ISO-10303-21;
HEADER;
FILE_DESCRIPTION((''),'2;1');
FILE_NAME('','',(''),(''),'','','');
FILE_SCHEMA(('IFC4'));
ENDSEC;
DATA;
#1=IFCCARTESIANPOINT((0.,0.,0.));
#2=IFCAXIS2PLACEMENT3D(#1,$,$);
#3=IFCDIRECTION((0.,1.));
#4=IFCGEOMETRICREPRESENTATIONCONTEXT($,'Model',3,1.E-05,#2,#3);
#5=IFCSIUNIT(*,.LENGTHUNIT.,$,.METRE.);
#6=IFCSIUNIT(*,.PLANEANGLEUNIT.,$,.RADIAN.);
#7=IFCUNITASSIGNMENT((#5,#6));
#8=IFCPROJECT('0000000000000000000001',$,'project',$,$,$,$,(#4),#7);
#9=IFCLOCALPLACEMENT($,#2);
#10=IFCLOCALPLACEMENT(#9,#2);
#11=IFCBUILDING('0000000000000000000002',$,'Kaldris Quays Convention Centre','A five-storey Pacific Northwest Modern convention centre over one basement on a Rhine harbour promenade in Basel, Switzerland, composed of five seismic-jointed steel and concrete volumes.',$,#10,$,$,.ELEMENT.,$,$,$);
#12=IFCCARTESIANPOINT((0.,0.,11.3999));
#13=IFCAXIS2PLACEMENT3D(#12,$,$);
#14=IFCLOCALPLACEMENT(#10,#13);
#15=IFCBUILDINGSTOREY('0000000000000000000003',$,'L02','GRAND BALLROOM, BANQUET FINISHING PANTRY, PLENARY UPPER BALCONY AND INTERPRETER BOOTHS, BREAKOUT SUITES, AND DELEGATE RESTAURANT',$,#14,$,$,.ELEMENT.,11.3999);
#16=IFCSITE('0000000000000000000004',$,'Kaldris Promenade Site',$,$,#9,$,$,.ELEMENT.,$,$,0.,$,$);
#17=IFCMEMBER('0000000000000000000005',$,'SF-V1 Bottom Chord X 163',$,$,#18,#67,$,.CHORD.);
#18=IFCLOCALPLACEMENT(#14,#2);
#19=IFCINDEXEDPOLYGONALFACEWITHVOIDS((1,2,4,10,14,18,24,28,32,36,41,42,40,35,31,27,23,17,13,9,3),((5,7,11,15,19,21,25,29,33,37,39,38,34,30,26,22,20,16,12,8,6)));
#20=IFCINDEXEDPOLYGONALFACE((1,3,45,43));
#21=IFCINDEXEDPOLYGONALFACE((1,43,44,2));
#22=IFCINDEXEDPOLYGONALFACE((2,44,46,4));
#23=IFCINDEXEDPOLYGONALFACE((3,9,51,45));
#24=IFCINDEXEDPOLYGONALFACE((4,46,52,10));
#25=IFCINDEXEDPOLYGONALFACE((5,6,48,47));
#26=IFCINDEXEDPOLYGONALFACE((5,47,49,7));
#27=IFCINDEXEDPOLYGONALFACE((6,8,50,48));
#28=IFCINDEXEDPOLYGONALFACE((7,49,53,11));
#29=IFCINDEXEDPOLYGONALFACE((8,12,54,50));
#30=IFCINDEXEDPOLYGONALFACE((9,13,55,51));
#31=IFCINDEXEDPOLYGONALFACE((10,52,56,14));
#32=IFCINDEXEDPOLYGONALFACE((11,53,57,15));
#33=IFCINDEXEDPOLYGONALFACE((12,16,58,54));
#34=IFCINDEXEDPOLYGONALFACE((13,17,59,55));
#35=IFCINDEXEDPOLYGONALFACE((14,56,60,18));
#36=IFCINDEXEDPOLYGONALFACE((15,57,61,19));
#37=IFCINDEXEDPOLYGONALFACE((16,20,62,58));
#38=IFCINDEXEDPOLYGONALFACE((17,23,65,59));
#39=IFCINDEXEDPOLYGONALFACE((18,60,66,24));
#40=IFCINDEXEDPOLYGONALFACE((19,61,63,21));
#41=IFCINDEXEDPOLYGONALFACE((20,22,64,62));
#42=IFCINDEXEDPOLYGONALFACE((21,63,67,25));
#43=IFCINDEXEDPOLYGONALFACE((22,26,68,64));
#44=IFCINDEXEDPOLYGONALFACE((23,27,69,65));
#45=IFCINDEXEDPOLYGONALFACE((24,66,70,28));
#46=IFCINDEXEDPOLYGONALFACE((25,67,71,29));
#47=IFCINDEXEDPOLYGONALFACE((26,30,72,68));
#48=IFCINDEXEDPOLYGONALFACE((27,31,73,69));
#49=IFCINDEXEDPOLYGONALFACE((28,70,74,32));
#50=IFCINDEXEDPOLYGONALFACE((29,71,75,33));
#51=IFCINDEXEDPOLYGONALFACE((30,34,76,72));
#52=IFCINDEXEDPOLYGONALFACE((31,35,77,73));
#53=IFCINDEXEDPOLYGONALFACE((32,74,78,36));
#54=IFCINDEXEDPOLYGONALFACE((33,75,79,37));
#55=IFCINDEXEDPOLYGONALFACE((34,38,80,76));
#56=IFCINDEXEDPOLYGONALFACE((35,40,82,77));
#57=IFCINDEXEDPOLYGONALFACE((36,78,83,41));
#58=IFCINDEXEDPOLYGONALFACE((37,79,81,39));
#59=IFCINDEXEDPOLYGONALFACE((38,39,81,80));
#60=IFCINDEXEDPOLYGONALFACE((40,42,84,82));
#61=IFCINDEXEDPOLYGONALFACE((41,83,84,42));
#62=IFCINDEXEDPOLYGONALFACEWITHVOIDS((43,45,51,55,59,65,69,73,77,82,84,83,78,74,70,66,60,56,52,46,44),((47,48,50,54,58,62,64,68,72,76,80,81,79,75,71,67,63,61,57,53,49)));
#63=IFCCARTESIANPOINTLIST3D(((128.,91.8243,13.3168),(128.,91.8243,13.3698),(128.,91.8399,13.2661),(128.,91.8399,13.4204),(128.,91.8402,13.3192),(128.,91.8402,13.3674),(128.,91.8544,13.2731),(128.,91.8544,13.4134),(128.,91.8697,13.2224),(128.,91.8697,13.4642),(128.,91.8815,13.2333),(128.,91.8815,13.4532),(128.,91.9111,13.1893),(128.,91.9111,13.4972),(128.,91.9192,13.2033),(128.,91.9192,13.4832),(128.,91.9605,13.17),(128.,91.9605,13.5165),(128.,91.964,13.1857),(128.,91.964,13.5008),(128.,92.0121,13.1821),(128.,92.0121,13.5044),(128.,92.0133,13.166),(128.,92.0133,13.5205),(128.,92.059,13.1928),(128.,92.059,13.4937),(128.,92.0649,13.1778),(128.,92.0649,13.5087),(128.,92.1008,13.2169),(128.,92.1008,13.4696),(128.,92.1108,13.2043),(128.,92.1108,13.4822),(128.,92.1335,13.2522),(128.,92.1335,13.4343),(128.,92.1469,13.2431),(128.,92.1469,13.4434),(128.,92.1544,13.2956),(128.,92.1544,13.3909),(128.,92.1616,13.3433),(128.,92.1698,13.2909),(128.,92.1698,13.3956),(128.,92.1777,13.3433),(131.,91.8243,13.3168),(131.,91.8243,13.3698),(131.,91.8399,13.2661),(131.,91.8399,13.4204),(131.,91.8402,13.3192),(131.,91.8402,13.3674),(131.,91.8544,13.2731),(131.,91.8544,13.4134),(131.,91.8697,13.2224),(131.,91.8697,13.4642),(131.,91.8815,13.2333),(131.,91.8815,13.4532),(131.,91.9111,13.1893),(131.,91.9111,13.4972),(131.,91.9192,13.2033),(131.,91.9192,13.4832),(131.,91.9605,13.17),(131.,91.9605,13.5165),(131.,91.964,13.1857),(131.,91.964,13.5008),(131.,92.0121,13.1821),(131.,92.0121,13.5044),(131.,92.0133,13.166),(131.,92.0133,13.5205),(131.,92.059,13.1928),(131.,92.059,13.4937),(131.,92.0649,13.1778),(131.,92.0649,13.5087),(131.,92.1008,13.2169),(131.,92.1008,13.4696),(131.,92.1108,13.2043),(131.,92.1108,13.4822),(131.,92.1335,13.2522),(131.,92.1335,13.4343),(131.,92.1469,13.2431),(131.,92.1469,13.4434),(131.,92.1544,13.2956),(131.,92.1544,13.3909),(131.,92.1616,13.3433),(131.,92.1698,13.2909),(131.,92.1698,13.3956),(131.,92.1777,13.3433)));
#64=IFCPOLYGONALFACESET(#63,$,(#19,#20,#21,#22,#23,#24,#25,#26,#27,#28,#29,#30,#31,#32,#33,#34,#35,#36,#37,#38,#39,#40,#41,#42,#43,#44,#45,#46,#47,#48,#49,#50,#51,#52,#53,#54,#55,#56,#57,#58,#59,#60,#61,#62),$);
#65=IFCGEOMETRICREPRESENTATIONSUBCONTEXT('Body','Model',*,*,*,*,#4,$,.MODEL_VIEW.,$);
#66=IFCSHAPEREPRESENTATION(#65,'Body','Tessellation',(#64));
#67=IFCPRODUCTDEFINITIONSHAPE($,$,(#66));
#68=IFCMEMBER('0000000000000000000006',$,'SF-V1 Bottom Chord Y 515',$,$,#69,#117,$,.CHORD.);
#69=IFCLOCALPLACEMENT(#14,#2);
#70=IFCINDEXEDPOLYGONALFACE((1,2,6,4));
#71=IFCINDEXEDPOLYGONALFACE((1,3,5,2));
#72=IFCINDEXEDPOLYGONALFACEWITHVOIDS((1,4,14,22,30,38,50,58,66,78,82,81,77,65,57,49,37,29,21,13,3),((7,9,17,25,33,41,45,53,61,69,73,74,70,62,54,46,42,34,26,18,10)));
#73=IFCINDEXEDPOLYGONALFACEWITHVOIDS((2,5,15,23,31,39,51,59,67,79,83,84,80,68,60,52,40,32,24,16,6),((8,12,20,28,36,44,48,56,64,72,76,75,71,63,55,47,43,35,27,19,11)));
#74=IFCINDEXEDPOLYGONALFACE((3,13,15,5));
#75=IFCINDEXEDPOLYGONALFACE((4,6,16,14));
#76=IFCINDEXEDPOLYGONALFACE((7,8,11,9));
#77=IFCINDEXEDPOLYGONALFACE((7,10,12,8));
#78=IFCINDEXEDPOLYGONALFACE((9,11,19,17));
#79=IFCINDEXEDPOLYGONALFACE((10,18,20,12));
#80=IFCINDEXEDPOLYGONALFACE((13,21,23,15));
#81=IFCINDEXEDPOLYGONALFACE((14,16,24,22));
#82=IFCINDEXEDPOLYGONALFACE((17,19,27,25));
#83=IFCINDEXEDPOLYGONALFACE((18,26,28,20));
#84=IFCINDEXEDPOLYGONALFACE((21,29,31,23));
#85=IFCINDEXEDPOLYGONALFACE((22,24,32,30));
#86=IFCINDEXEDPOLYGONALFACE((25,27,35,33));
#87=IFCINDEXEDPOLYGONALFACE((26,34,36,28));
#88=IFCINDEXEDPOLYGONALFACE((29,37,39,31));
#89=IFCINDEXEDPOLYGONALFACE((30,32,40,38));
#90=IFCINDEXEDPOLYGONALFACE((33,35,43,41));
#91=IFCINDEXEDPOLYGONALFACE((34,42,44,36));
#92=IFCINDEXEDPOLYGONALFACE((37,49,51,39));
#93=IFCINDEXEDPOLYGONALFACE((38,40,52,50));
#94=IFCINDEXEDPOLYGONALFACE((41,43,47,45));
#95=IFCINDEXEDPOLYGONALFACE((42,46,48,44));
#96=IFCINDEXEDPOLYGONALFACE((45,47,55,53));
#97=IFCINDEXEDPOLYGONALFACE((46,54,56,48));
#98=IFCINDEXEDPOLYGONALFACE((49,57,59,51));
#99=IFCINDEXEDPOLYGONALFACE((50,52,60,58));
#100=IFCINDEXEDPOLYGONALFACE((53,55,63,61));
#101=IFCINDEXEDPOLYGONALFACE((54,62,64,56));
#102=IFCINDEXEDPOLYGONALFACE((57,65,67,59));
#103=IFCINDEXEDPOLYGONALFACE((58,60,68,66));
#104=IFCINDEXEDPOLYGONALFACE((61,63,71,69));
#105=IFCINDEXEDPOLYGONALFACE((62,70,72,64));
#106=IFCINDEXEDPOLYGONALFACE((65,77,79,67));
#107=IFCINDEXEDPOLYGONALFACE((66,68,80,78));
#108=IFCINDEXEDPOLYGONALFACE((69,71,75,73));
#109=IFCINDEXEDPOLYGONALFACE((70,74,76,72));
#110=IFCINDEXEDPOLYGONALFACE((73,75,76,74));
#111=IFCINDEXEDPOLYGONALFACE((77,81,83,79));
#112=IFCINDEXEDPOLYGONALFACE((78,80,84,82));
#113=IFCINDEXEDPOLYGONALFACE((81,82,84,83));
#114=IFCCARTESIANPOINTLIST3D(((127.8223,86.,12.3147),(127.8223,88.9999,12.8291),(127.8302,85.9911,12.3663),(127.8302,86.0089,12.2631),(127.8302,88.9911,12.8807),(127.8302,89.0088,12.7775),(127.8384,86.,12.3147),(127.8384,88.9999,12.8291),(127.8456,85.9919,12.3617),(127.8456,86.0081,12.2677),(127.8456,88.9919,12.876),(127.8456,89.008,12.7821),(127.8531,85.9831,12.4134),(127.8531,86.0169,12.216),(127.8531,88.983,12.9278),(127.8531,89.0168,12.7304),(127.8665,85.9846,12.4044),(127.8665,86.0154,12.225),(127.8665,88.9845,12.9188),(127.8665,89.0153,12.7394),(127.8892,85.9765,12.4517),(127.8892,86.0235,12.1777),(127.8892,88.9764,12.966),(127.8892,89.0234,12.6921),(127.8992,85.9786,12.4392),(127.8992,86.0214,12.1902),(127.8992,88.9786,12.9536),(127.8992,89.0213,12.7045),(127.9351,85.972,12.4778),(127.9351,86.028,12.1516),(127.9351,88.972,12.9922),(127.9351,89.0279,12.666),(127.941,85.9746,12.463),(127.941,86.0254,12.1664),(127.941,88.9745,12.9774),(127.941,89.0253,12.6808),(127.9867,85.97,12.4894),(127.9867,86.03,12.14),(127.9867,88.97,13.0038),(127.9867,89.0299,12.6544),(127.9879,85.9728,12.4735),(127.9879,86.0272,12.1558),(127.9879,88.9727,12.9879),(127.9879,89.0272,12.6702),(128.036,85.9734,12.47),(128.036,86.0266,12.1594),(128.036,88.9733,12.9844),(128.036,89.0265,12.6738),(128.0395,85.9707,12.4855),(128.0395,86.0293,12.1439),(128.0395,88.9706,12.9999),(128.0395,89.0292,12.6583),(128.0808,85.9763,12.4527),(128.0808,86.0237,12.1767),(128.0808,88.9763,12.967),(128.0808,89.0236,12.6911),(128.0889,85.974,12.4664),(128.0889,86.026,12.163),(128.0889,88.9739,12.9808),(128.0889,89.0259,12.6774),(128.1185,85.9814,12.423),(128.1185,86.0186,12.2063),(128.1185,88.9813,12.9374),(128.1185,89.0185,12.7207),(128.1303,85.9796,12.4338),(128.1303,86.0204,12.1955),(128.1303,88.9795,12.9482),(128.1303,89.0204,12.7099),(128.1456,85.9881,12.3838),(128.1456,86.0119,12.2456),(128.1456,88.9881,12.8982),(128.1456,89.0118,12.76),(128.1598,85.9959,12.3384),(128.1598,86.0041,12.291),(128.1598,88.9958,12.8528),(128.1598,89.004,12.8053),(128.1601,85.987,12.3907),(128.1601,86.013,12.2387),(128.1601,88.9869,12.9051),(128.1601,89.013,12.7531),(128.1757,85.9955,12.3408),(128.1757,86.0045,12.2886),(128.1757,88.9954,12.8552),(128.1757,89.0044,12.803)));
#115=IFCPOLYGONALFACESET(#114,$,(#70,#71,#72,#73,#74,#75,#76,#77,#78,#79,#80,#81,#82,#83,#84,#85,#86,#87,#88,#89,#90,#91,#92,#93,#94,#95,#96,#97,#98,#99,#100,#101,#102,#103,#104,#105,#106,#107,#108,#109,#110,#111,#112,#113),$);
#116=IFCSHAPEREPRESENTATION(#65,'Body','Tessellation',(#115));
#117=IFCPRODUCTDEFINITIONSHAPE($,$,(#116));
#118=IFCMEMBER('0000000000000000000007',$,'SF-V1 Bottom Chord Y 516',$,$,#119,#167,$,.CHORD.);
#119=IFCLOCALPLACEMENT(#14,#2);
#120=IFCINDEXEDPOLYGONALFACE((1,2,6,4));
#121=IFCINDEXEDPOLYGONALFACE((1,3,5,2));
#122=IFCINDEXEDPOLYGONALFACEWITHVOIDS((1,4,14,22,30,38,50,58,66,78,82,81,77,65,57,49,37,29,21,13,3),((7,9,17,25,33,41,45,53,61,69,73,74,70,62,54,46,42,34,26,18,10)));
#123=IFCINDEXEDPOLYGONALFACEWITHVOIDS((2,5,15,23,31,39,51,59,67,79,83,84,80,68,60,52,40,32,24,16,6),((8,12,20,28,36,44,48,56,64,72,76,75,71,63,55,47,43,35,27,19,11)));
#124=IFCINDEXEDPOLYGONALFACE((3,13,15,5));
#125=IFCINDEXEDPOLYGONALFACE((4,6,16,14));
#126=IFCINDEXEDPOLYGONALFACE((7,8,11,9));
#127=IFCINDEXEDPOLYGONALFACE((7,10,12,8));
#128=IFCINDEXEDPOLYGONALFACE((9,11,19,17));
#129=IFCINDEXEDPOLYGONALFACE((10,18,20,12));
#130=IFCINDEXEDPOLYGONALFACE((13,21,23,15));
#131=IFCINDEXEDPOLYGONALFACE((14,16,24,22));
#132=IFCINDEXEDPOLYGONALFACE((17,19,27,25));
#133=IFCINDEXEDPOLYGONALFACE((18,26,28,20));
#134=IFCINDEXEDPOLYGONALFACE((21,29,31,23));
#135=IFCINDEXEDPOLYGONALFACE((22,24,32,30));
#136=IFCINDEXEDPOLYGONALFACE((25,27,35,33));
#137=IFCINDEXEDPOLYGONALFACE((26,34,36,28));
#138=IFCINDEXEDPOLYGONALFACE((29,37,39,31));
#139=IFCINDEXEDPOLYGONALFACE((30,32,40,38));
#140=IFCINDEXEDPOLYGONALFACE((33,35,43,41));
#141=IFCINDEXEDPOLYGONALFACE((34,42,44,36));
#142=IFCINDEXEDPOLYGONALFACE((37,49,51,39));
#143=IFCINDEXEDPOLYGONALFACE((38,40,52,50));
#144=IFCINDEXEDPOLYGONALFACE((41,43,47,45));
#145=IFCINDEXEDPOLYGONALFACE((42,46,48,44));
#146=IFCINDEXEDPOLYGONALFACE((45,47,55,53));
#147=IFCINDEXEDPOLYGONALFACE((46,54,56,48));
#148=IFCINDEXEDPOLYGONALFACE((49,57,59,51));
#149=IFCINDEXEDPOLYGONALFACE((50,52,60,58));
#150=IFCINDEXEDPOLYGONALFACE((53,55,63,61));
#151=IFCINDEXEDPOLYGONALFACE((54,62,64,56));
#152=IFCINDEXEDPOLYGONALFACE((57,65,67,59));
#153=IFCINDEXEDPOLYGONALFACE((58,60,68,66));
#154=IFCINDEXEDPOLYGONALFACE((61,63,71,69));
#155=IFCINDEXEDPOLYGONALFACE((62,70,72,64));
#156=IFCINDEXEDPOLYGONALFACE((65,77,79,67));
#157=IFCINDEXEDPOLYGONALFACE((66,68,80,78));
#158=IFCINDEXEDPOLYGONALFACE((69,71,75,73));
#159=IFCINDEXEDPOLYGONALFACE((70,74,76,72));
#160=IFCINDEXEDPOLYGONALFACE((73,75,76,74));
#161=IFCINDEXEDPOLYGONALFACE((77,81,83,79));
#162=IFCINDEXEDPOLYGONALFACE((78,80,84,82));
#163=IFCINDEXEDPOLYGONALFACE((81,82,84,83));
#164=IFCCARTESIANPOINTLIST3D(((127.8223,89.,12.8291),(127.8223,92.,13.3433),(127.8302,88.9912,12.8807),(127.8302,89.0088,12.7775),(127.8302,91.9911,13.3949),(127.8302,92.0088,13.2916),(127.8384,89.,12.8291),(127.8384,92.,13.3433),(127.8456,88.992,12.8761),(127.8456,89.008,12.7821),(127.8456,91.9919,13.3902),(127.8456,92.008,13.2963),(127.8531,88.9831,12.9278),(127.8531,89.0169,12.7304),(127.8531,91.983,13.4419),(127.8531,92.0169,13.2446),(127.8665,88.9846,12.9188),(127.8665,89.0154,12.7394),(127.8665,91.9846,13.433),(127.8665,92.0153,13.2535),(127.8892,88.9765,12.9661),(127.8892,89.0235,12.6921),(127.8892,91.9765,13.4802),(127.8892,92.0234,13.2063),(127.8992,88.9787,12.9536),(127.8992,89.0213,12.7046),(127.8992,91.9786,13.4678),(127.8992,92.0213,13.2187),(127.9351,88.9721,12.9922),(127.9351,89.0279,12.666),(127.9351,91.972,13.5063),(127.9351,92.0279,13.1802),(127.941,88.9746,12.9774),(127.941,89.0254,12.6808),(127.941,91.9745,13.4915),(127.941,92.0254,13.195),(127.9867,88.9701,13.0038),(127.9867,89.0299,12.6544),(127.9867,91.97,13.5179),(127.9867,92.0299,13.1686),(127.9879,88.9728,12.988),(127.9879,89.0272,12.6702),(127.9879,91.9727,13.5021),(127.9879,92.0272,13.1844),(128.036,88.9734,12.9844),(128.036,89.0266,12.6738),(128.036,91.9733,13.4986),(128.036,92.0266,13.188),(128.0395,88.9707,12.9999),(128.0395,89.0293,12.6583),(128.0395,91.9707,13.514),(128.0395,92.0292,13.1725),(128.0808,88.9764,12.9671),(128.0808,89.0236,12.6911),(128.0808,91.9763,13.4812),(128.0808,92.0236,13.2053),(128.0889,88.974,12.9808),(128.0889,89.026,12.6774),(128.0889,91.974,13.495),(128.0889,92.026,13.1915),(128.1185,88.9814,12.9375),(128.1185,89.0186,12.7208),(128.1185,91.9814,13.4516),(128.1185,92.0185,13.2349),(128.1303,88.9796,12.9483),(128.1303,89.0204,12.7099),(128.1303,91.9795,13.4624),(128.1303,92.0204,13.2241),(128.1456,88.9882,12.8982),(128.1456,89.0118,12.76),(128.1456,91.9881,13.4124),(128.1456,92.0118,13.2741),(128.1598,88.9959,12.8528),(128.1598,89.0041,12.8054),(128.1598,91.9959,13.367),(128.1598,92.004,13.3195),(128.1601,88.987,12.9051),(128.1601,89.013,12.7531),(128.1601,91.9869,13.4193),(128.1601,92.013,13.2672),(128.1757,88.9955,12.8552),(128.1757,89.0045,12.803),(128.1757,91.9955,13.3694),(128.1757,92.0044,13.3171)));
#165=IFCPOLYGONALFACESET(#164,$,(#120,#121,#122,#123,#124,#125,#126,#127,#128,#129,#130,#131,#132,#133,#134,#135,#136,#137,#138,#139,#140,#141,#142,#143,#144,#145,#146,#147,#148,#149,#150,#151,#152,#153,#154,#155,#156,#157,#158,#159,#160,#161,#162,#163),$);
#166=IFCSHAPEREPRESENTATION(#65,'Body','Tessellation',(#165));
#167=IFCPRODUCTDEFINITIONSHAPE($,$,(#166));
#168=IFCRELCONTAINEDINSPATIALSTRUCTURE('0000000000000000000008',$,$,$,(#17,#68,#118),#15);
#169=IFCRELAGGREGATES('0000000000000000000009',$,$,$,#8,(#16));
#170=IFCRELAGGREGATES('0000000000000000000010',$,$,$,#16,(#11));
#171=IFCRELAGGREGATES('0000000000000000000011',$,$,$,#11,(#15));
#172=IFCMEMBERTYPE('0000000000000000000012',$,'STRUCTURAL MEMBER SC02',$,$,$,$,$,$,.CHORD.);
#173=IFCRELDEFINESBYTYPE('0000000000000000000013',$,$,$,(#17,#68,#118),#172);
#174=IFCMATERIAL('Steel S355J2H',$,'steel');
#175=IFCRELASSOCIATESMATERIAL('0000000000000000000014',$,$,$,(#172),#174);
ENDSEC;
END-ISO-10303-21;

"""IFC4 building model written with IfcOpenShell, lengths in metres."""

from ifc_helpers import new_model, si_unit, direction, frame, origin, origin_2d, place, context, subcontext, project, spatial, hollow_circle, extrude, material, material_profile, profile_set, type_object, element, save


model = new_model("IFC4")

# Units and contexts
model_context = context("Model", 3, precision=1e-05, world=origin(), true_north=direction((0.0, 1.0)))
body_context = subcontext(model_context, "Body", "Model", "MODEL_VIEW")
ifc_project = project(units=[si_unit("LENGTHUNIT", "METRE"), si_unit("PLANEANGLEUNIT", "RADIAN")], contexts=[model_context])

# Site, building, storey
site_placement = place(None, origin())
site = spatial("IfcSite", under=ifc_project, at=site_placement, Name="Kaldris Promenade Site", CompositionType="ELEMENT", RefElevation=0.0)
building_placement = place(site_placement, origin())
building = spatial("IfcBuilding", under=site, at=building_placement, Name="Kaldris Quays Convention Centre", Description="A five-storey Pacific Northwest Modern convention centre over one basement on a Rhine harbour promenade in Basel, Switzerland, composed of five seismic-jointed steel and concrete volumes.", CompositionType="ELEMENT")
storey_placement = place(building_placement, frame((0.0, 0.0, 11.3999)))
storey = spatial("IfcBuildingStorey", under=building, at=storey_placement, Name="L02", Description="GRAND BALLROOM, BANQUET FINISHING PANTRY, PLENARY UPPER BALCONY AND INTERPRETER BOOTHS, BREAKOUT SUITES, AND DELEGATE RESTAURANT", CompositionType="ELEMENT", Elevation=11.3999)

# Members
ifc_material_1 = material(Name="Steel S355J2H", Category="steel")
ifc_material_profile_1 = material_profile(ifc_material_1, hollow_circle(Radius=0.1777, WallThickness=0.0161, at=origin_2d()), Name="CHS 355.6x16")
ifc_profile_set_1 = profile_set([ifc_material_profile_1], Name="Steel S355J2H")
member_type_1 = type_object("IfcMemberType", Name="STRUCTURAL MEMBER SC02", PredefinedType="CHORD", material=ifc_profile_set_1)
for number, where, z_axis, x_axis, name in (
    (1, (128.0, 92.0, 13.3433), (1.0, 0.0, 0.0), (0.0, 1.0, 0.0), "SF-V1 Bottom Chord X 163"),
):
    element("IfcMember", number, at=place(storey_placement, frame(where, z_axis=z_axis, x_axis=x_axis)), inside=storey, type_object=member_type_1, Name=name, PredefinedType="CHORD", context=body_context, shape_type="SweptSolid", body=[
        extrude(hollow_circle(Radius=0.1777, WallThickness=0.0161, at=origin_2d()), origin(), (0.0, 0.0, 1.0), 3.0),
    ])
for number, where, z_axis, x_axis, name in (
    (2, (128.0, 86.0, 12.3147), (0.0, 0.985616, 0.169002), (-1.0, 0.0, 0.0), "SF-V1 Bottom Chord Y 515"),
    (3, (128.0, 89.0, 12.8291), (0.0, 0.985629, 0.168924), (-1.0, 0.0, 0.0), "SF-V1 Bottom Chord Y 516"),
):
    element("IfcMember", number, at=place(storey_placement, frame(where, z_axis=z_axis, x_axis=x_axis)), inside=storey, type_object=member_type_1, Name=name, PredefinedType="CHORD", context=body_context, shape_type="SweptSolid", body=[
        extrude(hollow_circle(Radius=0.1777, WallThickness=0.0161, at=origin_2d()), origin(), (0.0, 0.0, 1.0), 3.0437),
    ])

save(model, "model.ifc")
